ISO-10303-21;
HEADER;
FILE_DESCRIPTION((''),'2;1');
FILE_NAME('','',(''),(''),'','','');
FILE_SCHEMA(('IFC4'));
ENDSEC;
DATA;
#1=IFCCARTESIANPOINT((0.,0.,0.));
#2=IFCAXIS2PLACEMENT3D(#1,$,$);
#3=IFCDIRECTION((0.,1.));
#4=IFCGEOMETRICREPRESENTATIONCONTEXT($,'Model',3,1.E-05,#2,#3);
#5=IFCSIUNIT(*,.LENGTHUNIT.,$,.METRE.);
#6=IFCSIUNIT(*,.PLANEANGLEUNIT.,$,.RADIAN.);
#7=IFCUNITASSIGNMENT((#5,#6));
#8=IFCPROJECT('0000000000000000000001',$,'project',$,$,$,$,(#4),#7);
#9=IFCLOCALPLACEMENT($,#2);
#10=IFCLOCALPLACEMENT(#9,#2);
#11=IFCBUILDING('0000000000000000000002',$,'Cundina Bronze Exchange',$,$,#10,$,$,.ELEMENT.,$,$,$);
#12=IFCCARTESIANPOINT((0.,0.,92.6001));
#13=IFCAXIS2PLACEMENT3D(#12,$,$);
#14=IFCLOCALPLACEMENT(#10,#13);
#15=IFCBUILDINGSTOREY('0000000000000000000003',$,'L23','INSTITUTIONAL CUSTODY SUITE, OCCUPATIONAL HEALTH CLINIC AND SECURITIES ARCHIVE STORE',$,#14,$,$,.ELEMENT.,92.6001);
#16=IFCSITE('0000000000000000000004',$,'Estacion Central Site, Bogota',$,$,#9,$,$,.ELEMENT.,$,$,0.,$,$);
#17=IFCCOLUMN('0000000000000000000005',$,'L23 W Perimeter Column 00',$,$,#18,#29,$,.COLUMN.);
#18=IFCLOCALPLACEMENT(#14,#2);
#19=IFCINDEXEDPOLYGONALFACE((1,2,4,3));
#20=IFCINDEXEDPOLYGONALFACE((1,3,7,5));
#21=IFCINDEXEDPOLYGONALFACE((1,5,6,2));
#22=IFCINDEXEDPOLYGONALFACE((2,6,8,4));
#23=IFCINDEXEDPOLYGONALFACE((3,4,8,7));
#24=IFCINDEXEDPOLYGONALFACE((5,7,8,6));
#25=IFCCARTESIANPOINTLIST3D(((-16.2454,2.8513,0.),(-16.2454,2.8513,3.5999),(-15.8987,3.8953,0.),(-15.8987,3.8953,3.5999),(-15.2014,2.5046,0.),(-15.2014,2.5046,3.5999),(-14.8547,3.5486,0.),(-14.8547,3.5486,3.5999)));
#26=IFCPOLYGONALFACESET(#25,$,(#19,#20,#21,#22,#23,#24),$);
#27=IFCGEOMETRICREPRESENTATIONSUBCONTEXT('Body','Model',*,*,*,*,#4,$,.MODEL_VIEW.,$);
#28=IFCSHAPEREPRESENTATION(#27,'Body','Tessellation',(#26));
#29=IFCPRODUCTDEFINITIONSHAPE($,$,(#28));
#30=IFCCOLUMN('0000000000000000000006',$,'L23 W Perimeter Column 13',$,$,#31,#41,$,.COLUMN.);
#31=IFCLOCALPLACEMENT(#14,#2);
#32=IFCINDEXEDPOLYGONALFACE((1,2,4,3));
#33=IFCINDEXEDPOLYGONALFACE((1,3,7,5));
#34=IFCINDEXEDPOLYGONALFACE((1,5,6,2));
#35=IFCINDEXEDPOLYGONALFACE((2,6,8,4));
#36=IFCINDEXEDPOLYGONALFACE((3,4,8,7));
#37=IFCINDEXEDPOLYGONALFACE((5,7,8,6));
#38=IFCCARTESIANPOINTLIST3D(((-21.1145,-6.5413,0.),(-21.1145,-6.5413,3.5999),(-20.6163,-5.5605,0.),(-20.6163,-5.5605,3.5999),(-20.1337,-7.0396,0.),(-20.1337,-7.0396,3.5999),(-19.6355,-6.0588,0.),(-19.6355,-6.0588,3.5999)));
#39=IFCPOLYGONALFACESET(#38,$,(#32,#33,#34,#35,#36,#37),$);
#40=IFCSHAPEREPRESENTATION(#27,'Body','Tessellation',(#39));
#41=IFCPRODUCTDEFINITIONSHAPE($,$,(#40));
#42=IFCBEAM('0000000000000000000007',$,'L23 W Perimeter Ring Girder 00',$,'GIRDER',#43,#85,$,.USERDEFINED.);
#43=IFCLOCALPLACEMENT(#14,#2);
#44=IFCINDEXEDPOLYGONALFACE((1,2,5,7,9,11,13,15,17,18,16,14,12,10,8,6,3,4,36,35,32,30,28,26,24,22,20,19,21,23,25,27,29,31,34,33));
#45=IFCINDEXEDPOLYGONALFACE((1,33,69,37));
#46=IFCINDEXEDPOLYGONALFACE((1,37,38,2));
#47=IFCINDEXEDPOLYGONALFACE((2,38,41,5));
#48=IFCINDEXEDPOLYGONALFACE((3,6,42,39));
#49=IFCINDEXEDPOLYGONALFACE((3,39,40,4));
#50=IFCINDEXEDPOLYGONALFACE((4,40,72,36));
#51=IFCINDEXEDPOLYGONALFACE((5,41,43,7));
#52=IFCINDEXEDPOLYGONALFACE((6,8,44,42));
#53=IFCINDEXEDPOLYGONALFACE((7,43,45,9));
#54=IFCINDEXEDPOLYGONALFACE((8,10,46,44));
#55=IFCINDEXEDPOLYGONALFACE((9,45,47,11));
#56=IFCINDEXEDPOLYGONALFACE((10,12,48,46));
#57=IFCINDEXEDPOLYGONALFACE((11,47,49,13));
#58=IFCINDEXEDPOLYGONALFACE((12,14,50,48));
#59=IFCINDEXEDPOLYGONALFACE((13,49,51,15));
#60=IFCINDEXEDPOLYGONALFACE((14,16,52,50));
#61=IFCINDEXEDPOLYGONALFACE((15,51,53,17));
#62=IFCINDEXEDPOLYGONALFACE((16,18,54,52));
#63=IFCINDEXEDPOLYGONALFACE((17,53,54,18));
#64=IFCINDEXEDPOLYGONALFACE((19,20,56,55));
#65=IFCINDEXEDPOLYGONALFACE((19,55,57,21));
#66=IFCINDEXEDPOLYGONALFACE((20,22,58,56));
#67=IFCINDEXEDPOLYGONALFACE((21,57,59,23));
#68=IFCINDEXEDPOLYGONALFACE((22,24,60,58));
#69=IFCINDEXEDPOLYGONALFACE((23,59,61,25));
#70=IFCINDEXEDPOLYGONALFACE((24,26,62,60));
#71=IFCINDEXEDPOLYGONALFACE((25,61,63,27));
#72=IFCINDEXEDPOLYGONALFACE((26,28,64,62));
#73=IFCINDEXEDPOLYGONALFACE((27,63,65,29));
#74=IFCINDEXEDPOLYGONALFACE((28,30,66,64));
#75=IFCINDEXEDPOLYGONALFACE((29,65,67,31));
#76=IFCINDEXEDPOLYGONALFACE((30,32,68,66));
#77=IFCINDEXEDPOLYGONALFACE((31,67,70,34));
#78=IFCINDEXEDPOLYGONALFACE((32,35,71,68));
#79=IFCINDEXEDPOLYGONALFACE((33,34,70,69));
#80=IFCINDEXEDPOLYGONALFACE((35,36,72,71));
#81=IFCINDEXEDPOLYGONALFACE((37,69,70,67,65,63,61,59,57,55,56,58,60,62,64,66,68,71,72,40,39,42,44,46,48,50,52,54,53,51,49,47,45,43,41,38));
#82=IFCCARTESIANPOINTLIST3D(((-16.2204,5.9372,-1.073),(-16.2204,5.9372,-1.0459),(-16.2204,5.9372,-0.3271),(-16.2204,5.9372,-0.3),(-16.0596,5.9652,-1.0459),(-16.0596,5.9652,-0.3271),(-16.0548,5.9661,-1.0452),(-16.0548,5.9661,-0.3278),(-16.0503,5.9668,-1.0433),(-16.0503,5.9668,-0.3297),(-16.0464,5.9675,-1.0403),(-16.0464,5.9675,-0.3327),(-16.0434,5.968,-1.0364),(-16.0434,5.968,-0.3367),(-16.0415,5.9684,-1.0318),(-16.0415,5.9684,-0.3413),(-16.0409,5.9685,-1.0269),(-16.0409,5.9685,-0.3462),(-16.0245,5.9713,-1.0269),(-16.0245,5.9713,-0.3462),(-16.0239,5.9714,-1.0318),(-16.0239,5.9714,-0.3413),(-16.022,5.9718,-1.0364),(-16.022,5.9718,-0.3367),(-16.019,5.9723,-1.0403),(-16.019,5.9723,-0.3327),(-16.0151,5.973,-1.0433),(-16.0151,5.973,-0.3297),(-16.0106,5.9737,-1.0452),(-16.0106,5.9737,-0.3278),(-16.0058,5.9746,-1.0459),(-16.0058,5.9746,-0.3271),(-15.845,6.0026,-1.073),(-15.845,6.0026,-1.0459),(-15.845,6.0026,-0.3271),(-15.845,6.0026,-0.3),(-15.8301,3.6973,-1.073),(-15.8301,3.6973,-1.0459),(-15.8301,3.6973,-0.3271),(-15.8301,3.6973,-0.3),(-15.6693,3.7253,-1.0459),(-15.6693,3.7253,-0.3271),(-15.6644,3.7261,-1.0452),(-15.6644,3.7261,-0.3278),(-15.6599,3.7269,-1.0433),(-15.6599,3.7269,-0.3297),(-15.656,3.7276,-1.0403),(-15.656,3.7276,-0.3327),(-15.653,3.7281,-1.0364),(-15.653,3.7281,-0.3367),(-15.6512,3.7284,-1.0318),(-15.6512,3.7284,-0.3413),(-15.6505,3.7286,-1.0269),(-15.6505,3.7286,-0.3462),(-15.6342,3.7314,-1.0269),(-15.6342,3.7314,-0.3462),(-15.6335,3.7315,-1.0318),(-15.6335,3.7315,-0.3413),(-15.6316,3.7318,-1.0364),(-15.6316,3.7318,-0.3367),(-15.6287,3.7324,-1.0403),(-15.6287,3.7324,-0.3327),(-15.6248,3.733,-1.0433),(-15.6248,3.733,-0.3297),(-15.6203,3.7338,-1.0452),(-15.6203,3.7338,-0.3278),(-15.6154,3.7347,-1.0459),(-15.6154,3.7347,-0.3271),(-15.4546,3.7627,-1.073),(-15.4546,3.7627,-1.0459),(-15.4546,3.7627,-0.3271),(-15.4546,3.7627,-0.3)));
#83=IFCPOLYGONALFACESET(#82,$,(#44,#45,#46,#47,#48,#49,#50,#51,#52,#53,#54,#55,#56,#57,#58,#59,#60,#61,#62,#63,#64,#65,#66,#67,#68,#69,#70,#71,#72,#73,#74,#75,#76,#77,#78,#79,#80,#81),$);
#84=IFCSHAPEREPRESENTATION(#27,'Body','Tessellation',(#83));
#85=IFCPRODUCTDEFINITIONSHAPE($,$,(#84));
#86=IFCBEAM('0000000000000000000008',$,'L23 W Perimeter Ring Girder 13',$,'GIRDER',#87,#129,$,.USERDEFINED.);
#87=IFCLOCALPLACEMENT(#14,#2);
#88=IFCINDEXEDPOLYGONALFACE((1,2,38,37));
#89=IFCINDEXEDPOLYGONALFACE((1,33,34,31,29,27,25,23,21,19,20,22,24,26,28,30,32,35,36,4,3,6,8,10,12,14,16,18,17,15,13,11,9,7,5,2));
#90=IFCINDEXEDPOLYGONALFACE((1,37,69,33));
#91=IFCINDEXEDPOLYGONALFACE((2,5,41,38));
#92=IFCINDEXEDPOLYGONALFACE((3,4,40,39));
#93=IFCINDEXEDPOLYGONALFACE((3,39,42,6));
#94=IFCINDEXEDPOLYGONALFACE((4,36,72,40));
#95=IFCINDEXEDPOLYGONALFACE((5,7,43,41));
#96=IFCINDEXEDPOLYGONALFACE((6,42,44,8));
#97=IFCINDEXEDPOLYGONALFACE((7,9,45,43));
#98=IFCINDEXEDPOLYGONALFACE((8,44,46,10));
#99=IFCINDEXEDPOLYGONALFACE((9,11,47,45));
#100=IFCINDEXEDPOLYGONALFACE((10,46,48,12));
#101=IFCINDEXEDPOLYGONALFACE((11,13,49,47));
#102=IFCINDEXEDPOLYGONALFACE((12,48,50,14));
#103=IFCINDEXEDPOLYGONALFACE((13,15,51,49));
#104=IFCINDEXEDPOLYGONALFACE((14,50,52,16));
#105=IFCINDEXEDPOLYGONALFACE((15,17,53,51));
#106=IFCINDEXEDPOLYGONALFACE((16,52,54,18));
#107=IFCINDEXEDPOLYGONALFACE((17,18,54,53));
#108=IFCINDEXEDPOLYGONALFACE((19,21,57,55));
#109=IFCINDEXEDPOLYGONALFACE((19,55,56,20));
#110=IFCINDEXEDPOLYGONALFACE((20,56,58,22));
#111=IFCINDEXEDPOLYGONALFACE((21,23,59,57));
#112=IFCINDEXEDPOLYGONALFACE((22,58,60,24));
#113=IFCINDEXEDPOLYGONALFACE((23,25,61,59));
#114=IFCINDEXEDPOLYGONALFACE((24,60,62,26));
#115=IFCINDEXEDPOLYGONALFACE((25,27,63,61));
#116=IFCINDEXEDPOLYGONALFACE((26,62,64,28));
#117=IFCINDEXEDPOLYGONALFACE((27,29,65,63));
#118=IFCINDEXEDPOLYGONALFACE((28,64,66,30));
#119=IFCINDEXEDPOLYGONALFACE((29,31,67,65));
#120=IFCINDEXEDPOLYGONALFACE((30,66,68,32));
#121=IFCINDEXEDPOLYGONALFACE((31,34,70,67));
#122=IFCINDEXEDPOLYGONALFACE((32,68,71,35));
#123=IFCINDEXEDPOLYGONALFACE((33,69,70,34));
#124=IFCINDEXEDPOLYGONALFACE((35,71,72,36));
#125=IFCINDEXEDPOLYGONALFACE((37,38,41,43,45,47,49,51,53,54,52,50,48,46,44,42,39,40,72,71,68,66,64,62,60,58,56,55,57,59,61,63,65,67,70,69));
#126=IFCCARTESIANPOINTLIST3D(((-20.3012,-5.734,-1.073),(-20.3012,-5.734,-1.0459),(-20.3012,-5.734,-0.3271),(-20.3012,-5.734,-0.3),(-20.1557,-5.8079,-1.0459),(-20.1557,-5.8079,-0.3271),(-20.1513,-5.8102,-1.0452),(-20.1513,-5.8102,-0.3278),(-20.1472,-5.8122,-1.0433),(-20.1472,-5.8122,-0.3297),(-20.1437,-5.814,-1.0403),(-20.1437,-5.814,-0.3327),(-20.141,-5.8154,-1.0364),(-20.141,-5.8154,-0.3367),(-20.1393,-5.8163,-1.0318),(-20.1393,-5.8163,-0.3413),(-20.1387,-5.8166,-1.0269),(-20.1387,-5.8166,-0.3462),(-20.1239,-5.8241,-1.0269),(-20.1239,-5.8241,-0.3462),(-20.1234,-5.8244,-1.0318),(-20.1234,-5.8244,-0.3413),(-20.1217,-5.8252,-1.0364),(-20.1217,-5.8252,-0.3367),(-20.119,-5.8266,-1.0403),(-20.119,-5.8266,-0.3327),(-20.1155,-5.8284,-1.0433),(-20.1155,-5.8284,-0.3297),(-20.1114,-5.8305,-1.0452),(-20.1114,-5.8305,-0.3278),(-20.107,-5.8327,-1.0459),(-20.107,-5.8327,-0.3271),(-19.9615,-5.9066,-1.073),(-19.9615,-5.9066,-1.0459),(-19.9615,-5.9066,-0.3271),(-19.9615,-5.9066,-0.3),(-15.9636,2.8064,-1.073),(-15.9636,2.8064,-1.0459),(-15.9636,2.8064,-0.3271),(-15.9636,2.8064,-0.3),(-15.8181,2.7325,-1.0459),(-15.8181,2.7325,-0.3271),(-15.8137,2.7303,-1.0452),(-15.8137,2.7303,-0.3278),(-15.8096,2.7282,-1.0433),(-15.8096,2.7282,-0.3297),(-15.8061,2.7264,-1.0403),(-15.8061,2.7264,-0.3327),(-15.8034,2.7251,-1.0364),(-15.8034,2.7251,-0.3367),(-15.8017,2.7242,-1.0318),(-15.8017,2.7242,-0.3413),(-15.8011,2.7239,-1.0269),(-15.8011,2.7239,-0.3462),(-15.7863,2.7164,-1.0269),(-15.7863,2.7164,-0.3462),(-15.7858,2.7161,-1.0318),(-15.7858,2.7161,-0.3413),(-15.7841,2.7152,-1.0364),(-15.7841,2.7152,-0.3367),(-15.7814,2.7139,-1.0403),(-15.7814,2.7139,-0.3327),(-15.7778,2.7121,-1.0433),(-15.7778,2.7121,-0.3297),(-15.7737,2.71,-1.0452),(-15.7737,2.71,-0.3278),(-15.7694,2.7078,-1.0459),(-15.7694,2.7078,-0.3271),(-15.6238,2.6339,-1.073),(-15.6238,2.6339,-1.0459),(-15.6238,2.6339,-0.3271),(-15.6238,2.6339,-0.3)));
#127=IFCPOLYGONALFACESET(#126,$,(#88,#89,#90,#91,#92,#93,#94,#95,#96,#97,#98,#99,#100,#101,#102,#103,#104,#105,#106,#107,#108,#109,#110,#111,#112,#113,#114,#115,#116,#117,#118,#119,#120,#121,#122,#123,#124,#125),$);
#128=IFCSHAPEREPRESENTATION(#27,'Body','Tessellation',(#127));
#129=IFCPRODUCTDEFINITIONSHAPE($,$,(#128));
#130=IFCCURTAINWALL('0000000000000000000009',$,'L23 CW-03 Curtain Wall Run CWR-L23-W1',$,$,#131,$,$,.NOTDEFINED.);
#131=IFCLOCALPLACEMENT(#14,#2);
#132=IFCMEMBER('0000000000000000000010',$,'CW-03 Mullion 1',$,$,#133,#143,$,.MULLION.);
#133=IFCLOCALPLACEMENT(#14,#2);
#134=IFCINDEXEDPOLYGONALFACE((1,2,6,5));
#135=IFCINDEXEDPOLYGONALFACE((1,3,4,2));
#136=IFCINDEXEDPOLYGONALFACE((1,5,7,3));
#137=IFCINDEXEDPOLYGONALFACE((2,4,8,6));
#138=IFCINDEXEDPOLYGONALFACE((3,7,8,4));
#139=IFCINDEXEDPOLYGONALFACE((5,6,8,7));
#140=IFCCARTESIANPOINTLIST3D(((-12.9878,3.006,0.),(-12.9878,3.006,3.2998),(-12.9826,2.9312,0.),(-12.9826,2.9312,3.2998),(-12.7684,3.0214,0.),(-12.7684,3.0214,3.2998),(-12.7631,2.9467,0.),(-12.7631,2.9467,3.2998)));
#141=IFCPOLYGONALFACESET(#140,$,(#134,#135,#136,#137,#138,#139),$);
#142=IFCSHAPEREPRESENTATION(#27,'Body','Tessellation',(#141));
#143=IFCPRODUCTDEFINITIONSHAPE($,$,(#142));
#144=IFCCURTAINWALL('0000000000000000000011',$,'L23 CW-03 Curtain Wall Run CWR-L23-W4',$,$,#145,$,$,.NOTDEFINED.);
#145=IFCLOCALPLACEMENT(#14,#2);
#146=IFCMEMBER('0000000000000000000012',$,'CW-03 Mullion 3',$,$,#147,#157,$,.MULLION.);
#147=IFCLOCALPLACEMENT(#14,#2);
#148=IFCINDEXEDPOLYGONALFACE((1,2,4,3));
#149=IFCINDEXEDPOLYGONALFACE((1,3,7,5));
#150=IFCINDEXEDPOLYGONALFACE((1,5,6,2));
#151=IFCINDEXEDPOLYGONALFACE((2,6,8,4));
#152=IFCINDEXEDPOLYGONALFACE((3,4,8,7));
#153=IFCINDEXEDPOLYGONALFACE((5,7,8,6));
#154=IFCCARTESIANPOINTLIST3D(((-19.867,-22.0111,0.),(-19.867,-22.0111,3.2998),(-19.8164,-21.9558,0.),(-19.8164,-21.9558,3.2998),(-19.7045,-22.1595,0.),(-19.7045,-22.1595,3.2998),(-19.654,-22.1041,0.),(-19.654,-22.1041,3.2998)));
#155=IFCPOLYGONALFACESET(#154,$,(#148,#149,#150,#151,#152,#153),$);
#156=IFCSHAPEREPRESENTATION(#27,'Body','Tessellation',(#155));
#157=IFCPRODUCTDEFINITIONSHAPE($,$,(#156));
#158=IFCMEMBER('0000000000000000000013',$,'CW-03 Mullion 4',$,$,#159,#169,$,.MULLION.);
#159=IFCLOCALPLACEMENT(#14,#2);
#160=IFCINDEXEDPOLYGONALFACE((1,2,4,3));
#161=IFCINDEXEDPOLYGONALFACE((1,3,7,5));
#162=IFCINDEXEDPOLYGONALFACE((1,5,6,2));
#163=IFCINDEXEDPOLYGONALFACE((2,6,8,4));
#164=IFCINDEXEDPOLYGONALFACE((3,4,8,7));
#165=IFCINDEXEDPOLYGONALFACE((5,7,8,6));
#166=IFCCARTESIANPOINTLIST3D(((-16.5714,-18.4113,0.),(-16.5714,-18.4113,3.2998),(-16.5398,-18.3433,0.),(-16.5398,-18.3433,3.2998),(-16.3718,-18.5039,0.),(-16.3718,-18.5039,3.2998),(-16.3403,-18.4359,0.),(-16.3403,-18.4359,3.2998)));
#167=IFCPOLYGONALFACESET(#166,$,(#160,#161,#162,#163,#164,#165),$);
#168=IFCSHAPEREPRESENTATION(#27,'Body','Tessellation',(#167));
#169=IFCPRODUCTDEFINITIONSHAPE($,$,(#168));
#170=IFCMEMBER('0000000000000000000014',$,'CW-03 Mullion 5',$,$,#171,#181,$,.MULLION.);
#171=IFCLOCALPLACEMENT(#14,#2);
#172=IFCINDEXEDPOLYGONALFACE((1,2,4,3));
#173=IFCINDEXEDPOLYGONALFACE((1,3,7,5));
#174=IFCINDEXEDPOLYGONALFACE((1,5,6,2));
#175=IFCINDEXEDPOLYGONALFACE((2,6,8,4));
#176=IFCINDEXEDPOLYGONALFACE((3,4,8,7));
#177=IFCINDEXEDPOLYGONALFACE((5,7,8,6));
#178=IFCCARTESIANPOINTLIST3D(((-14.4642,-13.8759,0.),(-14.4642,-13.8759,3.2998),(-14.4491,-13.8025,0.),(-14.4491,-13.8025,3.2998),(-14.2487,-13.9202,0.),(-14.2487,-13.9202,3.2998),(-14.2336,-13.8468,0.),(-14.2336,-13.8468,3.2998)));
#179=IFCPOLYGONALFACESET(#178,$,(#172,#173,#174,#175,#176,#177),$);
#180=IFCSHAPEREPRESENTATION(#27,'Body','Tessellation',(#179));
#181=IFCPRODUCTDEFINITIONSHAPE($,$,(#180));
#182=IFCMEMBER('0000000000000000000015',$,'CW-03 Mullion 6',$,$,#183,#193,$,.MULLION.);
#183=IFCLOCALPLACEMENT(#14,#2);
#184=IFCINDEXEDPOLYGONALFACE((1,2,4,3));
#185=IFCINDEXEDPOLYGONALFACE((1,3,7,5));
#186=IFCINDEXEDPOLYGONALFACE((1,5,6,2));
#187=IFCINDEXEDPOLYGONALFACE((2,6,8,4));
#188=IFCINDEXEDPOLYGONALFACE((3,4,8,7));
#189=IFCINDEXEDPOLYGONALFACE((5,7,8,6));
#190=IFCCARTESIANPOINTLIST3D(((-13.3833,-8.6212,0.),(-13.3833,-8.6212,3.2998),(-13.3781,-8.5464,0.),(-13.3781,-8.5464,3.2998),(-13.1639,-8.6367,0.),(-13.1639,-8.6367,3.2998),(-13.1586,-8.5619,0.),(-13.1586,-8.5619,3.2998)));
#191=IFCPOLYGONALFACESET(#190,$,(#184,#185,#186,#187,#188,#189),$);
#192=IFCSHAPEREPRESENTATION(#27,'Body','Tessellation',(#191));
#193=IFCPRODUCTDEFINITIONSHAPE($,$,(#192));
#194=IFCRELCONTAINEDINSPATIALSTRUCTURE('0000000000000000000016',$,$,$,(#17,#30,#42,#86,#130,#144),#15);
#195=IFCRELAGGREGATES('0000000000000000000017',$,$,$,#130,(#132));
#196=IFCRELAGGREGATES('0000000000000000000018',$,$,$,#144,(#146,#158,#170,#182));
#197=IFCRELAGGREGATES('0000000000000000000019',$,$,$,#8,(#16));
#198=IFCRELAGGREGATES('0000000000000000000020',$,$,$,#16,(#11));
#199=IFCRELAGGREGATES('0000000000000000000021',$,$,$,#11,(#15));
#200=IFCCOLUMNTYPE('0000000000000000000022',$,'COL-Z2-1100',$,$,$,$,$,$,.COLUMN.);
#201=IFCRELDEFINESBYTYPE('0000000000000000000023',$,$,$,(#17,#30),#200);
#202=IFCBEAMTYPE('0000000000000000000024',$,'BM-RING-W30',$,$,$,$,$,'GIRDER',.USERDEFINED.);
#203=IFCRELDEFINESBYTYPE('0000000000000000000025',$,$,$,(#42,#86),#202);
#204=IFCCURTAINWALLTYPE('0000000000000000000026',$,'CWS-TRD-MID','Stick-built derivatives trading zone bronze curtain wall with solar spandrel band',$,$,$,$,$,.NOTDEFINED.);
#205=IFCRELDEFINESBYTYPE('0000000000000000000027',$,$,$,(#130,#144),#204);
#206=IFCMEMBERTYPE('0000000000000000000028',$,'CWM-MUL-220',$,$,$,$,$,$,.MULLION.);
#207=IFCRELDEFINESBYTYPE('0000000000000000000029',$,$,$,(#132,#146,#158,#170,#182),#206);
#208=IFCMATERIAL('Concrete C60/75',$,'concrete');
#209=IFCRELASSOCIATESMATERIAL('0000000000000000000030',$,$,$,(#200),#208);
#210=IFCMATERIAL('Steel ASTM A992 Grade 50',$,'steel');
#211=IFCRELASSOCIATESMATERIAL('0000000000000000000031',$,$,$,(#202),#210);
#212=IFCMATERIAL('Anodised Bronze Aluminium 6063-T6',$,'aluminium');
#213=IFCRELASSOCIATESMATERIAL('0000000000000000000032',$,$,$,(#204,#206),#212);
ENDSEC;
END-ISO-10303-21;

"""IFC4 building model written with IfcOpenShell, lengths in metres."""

from ifc_helpers import new_model, si_unit, direction, frame, origin, origin_2d, place, context, subcontext, project, spatial, rectangle, i_section, extrude, material, material_profile, profile_set, type_object, element, aggregate, save


model = new_model("IFC4")

# Units and contexts
model_context = context("Model", 3, precision=1e-05, world=origin(), true_north=direction((0.0, 1.0)))
body_context = subcontext(model_context, "Body", "Model", "MODEL_VIEW")
ifc_project = project(units=[si_unit("LENGTHUNIT", "METRE"), si_unit("PLANEANGLEUNIT", "RADIAN")], contexts=[model_context])

# Site, building, storey
site_placement = place(None, origin())
site = spatial("IfcSite", under=ifc_project, at=site_placement, Name="Estacion Central Site, Bogota", CompositionType="ELEMENT", RefElevation=0.0)
building_placement = place(site_placement, origin())
building = spatial("IfcBuilding", under=site, at=building_placement, Name="Cundina Bronze Exchange", CompositionType="ELEMENT")
storey_placement = place(building_placement, frame((0.0, 0.0, 92.6001)))
storey = spatial("IfcBuildingStorey", under=building, at=storey_placement, Name="L23", Description="INSTITUTIONAL CUSTODY SUITE, OCCUPATIONAL HEALTH CLINIC AND SECURITIES ARCHIVE STORE", CompositionType="ELEMENT", Elevation=92.6001)

# Columns
ifc_material_1 = material(Name="Concrete C60/75", Category="concrete")
ifc_material_profile_1 = material_profile(ifc_material_1, rectangle(XDim=1.1001, YDim=1.1001, at=origin_2d()), Name="RC1100X1100", Category="concrete")
ifc_profile_set_1 = profile_set([ifc_material_profile_1], Name="Concrete C60/75")
column_type = type_object("IfcColumnType", Name="COL-Z2-1100", PredefinedType="COLUMN", material=ifc_profile_set_1)
for number, where, z_axis, x_axis, name in (
    (1, (-15.55, 3.2, 0.0), (0.0, 0.0, 1.0), (0.315152, 0.949041, 0.0), "L23 W Perimeter Column 00"),
    (2, (-20.375, -6.3, 0.0), (0.0, 0.0, 1.0), (0.452902, 0.891561, 0.0), "L23 W Perimeter Column 13"),
):
    element("IfcColumn", number, at=place(storey_placement, frame(where, z_axis=z_axis, x_axis=x_axis)), inside=storey, type_object=column_type, Name=name, PredefinedType="COLUMN", context=body_context, shape_type="SweptSolid", body=[
        extrude(rectangle(XDim=1.1001, YDim=1.1001, at=origin_2d()), origin(), (0.0, 0.0, 1.0), 3.5999),
    ])

# Beams
ifc_material_2 = material(Name="Steel ASTM A992 Grade 50", Category="steel")
ifc_material_profile_2 = material_profile(ifc_material_2, i_section(OverallWidth=0.3811, OverallDepth=0.7729, WebThickness=0.0166, FlangeThickness=0.0271, FilletRadius=0.019, at=origin_2d()), Name="W30X173", Category="steel")
ifc_profile_set_2 = profile_set([ifc_material_profile_2], Name="Steel ASTM A992 Grade 50")
beam_type = type_object("IfcBeamType", Name="BM-RING-W30", ElementType="GIRDER", PredefinedType="USERDEFINED", material=ifc_profile_set_2)
beam_1_placement = place(storey_placement, frame((-15.6423, 3.73, -0.6865), z_axis=(-0.17169, 0.985151, 0.0), x_axis=(-0.985151, -0.17169, 0.0)))
element("IfcBeam", 3, at=beam_1_placement, inside=storey, type_object=beam_type, Name="L23 W Perimeter Ring Girder 00", ObjectType="GIRDER", PredefinedType="USERDEFINED", context=body_context, shape_type="SweptSolid", body=[
    extrude(i_section(OverallWidth=0.3811, OverallDepth=0.7729, WebThickness=0.0166, FlangeThickness=0.0271, FilletRadius=0.019, at=origin_2d()), origin(), (0.0, 0.0, 1.0), 2.2737),
])
beam_2_placement = place(storey_placement, frame((-20.1313, -5.8203, -0.6865), z_axis=(0.452832, 0.891596, 0.0), x_axis=(-0.891596, 0.452832, 0.0)))
element("IfcBeam", 4, at=beam_2_placement, inside=storey, type_object=beam_type, Name="L23 W Perimeter Ring Girder 13", ObjectType="GIRDER", PredefinedType="USERDEFINED", context=body_context, shape_type="SweptSolid", body=[
    extrude(i_section(OverallWidth=0.3811, OverallDepth=0.7729, WebThickness=0.0166, FlangeThickness=0.0271, FilletRadius=0.019, at=origin_2d()), origin(), (0.0, 0.0, 1.0), 9.5789),
])

# Curtain wall, member
ifc_material_3 = material(Name="Anodised Bronze Aluminium 6063-T6", Category="aluminium")
curtain_wall_type = type_object("IfcCurtainWallType", Name="CWS-TRD-MID", Description="Stick-built derivatives trading zone bronze curtain wall with solar spandrel band", PredefinedType="NOTDEFINED", material=ifc_material_3)
curtain_wall_1_placement = place(storey_placement, origin())
curtain_wall_1 = element("IfcCurtainWall", 5, at=curtain_wall_1_placement, inside=storey, type_object=curtain_wall_type, Name="L23 CW-03 Curtain Wall Run CWR-L23-W1", PredefinedType="NOTDEFINED")
ifc_material_profile_3 = material_profile(ifc_material_3, rectangle(XDim=0.075, YDim=0.22, at=origin_2d()), Name="AL75X220", Category="aluminium")
ifc_profile_set_3 = profile_set([ifc_material_profile_3], Name="Anodised Bronze Aluminium 6063-T6")
member_type_1 = type_object("IfcMemberType", Name="CWM-MUL-220", PredefinedType="MULLION", material=ifc_profile_set_3)
member_1_placement = place(storey_placement, frame((-12.8755, 2.9763, 0.0), z_axis=(0.0, 0.0, 1.0), x_axis=(-0.070279, 0.997527, 0.0)))
member_1 = element("IfcMember", 6, at=member_1_placement, type_object=member_type_1, Name="CW-03 Mullion 1", PredefinedType="MULLION", context=body_context, shape_type="SweptSolid", body=[
    extrude(rectangle(XDim=0.075, YDim=0.22, at=origin_2d()), origin(), (0.0, 0.0, 1.0), 3.2998),
])

# Curtain wall, members
curtain_wall_2_placement = place(storey_placement, origin())
curtain_wall_2 = element("IfcCurtainWall", 7, at=curtain_wall_2_placement, inside=storey, type_object=curtain_wall_type, Name="L23 CW-03 Curtain Wall Run CWR-L23-W4", PredefinedType="NOTDEFINED")
member_2_placement = place(storey_placement, frame((-19.7605, -22.0576, 0.0), z_axis=(0.0, 0.0, 1.0), x_axis=(0.674302, 0.738455, 0.0)))
member_2 = element("IfcMember", 8, at=member_2_placement, type_object=member_type_1, Name="CW-03 Mullion 3", PredefinedType="MULLION", context=body_context, shape_type="SweptSolid", body=[
    extrude(rectangle(XDim=0.075, YDim=0.22, at=origin_2d()), origin(), (0.0, 0.0, 1.0), 3.2998),
])
member_3_placement = place(storey_placement, frame((-16.4558, -18.4236, 0.0), z_axis=(0.0, 0.0, 1.0), x_axis=(0.420877, 0.907117, 0.0)))
member_3 = element("IfcMember", 9, at=member_3_placement, type_object=member_type_1, Name="CW-03 Mullion 4", PredefinedType="MULLION", context=body_context, shape_type="SweptSolid", body=[
    extrude(rectangle(XDim=0.075, YDim=0.22, at=origin_2d()), origin(), (0.0, 0.0, 1.0), 3.2998),
])
member_4_placement = place(storey_placement, frame((-14.3489, -13.8613, 0.0), z_axis=(0.0, 0.0, 1.0), x_axis=(0.20142, 0.979505, 0.0)))
member_4 = element("IfcMember", 10, at=member_4_placement, type_object=member_type_1, Name="CW-03 Mullion 5", PredefinedType="MULLION", context=body_context, shape_type="SweptSolid", body=[
    extrude(rectangle(XDim=0.075, YDim=0.22, at=origin_2d()), origin(), (0.0, 0.0, 1.0), 3.2998),
])
member_5_placement = place(storey_placement, frame((-13.271, -8.5916, 0.0), z_axis=(0.0, 0.0, 1.0), x_axis=(0.070279, 0.997527, 0.0)))
member_5 = element("IfcMember", 11, at=member_5_placement, type_object=member_type_1, Name="CW-03 Mullion 6", PredefinedType="MULLION", context=body_context, shape_type="SweptSolid", body=[
    extrude(rectangle(XDim=0.075, YDim=0.22, at=origin_2d()), origin(), (0.0, 0.0, 1.0), 3.2998),
])

aggregate(curtain_wall_1, [member_1])

aggregate(curtain_wall_2, [member_2, member_3, member_4, member_5])

save(model, "model.ifc")
